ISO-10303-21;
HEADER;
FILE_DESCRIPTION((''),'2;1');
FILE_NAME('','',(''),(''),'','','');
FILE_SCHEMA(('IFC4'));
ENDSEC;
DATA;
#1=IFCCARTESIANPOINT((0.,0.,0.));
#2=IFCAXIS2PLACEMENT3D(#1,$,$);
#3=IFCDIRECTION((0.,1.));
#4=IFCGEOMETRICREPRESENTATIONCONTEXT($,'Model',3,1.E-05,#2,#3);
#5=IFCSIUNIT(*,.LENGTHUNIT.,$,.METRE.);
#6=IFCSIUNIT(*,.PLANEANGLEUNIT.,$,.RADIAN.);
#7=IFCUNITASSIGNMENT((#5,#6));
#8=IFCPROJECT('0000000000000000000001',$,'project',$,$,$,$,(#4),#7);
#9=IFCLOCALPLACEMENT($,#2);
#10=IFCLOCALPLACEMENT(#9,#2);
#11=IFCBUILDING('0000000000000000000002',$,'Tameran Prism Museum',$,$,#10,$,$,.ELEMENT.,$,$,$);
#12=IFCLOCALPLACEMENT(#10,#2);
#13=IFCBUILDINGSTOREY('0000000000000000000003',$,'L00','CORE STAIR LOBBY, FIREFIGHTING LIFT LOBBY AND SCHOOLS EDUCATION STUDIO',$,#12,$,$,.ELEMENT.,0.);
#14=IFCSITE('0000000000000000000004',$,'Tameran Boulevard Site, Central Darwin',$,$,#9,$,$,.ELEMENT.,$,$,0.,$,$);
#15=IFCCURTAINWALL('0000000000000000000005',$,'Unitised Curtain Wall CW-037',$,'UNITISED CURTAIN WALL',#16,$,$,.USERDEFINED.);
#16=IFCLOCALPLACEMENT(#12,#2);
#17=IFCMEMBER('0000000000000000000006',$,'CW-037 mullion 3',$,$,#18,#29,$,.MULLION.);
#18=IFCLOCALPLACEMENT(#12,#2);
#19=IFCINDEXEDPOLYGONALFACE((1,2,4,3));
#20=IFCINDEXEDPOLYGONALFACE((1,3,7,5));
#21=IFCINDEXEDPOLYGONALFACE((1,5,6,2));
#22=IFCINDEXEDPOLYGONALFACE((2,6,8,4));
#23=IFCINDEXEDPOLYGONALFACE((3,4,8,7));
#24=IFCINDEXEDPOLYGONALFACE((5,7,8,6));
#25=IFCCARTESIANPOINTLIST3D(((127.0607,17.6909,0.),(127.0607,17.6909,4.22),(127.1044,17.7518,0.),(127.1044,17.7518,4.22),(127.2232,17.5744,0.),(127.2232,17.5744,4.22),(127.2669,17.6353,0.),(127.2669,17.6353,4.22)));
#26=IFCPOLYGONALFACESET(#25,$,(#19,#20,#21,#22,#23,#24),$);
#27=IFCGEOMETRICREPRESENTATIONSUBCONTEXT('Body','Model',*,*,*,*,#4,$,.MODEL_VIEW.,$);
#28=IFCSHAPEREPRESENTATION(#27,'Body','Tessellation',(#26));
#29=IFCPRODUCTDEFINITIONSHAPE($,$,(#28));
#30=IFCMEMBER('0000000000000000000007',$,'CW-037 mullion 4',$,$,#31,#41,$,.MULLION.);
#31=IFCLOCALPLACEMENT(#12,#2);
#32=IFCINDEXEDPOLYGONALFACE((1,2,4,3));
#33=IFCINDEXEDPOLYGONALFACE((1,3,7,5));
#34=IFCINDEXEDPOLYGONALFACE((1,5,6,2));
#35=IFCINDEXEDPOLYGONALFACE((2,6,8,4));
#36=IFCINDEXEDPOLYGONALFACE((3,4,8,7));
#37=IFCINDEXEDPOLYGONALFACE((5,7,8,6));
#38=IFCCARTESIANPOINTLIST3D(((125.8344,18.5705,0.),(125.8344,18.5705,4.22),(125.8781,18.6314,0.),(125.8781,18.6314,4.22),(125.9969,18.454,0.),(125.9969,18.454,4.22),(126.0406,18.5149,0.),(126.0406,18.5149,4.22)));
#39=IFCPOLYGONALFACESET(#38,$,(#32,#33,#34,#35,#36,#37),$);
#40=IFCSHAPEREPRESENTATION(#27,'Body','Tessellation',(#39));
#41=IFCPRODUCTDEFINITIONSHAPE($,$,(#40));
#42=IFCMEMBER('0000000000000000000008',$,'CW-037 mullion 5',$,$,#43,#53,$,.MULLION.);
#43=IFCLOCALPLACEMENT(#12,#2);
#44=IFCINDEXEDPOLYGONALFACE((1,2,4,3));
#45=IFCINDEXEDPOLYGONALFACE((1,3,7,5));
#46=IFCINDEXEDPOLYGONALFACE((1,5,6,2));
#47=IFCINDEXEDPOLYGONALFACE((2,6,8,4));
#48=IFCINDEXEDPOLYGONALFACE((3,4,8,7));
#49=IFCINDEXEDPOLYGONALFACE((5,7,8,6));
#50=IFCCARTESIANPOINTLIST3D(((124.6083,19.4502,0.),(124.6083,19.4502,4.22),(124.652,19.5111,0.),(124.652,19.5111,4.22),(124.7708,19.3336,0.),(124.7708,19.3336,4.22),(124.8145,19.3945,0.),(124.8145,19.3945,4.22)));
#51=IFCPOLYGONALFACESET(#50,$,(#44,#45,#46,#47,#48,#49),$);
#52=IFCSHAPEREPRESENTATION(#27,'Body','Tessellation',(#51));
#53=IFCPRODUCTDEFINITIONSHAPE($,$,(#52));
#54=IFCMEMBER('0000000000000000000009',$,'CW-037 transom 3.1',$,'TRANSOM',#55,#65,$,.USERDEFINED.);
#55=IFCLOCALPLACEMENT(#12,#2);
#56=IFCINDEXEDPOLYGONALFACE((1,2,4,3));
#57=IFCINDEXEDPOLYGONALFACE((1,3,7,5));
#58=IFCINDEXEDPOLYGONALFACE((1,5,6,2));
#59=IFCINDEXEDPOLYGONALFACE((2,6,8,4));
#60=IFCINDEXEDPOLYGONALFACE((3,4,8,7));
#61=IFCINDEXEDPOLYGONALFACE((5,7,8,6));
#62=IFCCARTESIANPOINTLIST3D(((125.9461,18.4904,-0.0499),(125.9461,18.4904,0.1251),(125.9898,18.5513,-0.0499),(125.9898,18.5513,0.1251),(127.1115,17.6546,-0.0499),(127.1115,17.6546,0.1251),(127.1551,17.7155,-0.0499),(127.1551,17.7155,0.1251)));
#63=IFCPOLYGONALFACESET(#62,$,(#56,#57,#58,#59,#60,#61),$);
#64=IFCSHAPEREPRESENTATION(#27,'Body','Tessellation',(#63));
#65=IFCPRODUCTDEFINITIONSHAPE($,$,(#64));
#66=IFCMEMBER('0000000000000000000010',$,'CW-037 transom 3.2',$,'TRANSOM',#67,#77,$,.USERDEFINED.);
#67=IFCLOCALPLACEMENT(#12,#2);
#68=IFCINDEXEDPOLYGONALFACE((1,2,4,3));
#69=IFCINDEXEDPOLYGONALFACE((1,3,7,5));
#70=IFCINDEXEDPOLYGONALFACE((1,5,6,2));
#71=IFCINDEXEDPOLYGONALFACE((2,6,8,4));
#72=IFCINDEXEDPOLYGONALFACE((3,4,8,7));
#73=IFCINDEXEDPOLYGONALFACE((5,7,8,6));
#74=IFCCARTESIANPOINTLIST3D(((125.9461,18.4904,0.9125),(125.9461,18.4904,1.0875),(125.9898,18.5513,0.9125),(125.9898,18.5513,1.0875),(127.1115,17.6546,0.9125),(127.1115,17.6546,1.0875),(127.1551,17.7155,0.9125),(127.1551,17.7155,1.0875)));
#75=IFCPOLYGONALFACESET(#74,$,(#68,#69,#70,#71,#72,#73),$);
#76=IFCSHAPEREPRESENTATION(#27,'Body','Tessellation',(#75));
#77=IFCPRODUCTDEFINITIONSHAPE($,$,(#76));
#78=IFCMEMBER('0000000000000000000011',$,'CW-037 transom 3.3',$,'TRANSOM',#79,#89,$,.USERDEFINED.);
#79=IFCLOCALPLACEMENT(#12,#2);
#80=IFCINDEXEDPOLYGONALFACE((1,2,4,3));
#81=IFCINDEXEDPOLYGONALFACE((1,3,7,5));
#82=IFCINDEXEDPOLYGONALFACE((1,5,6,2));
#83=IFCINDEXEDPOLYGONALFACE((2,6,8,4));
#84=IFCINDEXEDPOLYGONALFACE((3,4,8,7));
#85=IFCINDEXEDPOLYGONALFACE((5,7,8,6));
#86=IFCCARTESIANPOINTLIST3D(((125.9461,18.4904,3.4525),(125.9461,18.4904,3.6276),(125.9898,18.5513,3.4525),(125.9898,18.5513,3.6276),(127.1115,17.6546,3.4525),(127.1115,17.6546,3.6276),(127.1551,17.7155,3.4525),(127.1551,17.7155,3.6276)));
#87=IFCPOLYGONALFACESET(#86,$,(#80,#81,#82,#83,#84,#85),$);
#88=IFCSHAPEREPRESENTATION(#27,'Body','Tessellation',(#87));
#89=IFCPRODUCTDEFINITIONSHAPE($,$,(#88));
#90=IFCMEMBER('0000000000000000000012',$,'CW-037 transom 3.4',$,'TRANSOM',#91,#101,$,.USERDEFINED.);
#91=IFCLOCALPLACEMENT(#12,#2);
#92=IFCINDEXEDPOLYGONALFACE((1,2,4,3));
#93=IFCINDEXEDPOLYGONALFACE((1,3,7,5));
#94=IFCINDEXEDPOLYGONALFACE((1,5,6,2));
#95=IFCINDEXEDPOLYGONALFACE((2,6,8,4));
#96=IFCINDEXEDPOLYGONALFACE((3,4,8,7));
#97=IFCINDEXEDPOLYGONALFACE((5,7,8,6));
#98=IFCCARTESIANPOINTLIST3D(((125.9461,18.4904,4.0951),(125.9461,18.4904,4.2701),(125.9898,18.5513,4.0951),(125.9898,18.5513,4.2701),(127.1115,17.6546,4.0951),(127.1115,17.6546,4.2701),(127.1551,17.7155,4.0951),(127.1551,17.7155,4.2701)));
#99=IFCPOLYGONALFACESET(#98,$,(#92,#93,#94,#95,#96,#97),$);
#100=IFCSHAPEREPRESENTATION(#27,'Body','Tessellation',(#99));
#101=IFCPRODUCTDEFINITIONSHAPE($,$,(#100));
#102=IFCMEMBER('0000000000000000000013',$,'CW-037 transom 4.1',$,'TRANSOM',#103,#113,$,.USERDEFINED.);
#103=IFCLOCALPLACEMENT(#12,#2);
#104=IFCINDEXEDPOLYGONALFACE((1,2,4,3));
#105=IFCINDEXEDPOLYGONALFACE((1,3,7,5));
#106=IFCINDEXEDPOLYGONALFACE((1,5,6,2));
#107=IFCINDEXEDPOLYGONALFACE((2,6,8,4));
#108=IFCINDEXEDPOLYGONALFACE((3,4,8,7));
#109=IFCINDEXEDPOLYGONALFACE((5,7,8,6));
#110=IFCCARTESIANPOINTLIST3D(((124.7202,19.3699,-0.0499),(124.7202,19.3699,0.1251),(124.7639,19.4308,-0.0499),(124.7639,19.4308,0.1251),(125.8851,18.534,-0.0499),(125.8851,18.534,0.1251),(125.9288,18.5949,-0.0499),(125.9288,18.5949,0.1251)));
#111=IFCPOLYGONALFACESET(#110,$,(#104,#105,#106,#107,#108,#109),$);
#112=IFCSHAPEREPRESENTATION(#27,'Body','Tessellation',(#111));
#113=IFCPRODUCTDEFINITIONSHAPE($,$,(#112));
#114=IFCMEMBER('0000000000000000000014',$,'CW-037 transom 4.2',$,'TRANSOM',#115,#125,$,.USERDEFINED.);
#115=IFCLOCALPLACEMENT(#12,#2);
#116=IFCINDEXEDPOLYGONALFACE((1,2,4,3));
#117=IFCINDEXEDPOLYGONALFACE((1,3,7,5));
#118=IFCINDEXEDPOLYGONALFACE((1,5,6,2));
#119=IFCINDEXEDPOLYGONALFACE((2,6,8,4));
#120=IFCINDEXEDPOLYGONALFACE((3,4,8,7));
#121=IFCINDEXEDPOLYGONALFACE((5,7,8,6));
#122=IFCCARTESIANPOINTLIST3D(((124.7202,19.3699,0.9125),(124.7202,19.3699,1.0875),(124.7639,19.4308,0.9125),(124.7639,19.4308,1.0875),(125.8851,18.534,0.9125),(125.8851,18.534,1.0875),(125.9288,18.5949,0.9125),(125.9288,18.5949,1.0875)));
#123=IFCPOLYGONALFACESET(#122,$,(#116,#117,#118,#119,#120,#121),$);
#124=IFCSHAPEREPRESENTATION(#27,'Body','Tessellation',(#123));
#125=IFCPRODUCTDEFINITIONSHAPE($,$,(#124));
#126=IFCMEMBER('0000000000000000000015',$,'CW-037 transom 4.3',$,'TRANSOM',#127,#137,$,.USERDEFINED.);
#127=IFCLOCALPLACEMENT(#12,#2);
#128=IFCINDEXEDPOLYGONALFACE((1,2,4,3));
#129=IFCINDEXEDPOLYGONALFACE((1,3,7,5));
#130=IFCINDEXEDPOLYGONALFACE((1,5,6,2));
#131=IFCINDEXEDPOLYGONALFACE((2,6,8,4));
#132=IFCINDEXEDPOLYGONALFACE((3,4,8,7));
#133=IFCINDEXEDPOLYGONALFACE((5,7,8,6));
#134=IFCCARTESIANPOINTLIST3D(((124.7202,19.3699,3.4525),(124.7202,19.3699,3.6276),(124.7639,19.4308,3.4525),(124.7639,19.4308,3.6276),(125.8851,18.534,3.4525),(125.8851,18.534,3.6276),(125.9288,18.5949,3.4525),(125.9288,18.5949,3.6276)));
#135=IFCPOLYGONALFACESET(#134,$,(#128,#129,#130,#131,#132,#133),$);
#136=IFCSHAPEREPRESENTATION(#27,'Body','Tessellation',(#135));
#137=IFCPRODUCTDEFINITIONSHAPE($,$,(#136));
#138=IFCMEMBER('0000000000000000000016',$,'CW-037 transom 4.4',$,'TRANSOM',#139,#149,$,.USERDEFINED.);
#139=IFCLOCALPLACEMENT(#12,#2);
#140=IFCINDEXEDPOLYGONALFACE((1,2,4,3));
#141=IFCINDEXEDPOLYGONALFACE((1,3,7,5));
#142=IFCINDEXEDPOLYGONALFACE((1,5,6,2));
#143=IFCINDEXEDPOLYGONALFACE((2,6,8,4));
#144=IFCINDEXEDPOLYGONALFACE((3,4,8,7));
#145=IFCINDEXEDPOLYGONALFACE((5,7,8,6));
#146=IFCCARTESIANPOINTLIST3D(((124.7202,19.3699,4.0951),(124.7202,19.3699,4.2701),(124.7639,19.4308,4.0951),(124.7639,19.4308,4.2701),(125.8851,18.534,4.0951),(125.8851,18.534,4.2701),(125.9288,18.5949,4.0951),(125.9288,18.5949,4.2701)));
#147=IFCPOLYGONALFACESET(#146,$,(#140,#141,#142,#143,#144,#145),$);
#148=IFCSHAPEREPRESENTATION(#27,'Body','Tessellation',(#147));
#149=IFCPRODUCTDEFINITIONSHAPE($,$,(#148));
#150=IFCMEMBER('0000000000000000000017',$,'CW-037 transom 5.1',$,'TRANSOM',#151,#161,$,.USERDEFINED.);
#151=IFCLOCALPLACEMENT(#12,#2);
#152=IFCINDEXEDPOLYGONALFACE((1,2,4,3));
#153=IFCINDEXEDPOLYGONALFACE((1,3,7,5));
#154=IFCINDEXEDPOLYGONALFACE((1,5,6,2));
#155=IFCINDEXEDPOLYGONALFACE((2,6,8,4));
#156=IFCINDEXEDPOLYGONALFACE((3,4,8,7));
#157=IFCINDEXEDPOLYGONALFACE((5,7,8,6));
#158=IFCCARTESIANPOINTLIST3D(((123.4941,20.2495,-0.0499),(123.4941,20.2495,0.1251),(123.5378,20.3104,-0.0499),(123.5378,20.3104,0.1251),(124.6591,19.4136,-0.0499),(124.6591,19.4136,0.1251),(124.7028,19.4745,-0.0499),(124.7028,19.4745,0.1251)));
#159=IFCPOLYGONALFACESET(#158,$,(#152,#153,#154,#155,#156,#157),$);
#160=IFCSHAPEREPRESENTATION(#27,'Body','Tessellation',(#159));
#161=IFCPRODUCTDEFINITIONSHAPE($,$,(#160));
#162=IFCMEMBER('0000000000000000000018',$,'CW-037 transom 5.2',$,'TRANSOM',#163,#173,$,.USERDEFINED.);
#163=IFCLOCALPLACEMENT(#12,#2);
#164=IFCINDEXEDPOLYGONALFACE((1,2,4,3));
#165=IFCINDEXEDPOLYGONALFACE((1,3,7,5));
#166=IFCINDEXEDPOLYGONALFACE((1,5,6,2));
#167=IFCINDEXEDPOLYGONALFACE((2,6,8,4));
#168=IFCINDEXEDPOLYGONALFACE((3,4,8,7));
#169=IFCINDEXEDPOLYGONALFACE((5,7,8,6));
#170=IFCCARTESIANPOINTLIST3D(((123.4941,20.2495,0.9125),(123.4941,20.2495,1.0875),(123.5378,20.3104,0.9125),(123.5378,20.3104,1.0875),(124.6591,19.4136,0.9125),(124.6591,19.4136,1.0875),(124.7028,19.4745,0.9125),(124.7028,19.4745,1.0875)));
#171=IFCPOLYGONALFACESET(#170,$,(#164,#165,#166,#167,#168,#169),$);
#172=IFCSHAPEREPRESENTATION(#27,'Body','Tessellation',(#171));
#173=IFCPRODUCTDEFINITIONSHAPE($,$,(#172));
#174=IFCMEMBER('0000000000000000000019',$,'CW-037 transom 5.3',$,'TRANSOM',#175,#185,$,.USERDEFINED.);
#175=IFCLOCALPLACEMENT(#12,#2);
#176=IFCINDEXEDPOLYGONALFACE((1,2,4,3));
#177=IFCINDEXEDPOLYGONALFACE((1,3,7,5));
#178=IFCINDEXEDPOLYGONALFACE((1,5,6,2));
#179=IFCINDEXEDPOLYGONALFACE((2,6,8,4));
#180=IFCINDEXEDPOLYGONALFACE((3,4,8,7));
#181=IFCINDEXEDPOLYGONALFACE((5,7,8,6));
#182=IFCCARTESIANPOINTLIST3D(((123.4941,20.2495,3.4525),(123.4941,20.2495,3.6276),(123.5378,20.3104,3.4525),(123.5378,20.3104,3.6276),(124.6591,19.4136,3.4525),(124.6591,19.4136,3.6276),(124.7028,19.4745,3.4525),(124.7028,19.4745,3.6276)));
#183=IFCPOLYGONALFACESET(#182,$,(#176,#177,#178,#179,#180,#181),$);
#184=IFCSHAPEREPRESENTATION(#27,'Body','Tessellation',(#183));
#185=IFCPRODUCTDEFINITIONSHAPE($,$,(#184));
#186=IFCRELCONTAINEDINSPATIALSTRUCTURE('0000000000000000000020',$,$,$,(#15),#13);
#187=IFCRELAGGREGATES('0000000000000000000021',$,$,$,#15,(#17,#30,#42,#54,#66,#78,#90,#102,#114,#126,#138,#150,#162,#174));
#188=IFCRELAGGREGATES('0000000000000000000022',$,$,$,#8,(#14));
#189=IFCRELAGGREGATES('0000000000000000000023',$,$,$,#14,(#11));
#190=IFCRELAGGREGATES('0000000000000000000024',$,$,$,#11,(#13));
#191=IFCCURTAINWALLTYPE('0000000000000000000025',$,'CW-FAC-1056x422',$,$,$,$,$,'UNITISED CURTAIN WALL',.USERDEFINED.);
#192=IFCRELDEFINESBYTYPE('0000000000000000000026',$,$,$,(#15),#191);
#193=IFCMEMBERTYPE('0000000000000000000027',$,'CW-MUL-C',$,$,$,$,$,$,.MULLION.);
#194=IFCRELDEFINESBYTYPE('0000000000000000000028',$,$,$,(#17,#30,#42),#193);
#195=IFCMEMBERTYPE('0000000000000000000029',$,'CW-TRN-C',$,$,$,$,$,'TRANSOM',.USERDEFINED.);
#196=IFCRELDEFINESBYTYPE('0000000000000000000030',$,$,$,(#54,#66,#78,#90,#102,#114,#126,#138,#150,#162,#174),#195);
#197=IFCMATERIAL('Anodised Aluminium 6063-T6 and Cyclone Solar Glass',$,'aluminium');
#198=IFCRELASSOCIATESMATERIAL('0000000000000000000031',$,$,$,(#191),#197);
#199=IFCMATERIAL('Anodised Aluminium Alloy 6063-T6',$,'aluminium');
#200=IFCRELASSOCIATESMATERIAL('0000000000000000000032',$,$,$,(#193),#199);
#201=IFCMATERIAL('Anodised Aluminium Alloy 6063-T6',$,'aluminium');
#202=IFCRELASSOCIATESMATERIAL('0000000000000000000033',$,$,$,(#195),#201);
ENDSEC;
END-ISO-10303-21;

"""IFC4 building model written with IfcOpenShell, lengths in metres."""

from ifc_helpers import new_model, si_unit, direction, frame, origin, origin_2d, place, context, subcontext, project, spatial, rectangle, extrude, material, material_profile, profile_set, type_object, element, aggregate, save


model = new_model("IFC4")

# Units and contexts
model_context = context("Model", 3, precision=1e-05, world=origin(), true_north=direction((0.0, 1.0)))
body_context = subcontext(model_context, "Body", "Model", "MODEL_VIEW")
ifc_project = project(units=[si_unit("LENGTHUNIT", "METRE"), si_unit("PLANEANGLEUNIT", "RADIAN")], contexts=[model_context])

# Site, building, storey
site_placement = place(None, origin())
site = spatial("IfcSite", under=ifc_project, at=site_placement, Name="Tameran Boulevard Site, Central Darwin", CompositionType="ELEMENT", RefElevation=0.0)
building_placement = place(site_placement, origin())
building = spatial("IfcBuilding", under=site, at=building_placement, Name="Tameran Prism Museum", CompositionType="ELEMENT")
storey_placement = place(building_placement, origin())
storey = spatial("IfcBuildingStorey", under=building, at=storey_placement, Name="L00", Description="CORE STAIR LOBBY, FIREFIGHTING LIFT LOBBY AND SCHOOLS EDUCATION STUDIO", CompositionType="ELEMENT", Elevation=0.0)

# Curtain wall, members
ifc_material_1 = material(Name="Anodised Aluminium 6063-T6 and Cyclone Solar Glass", Category="aluminium")
curtain_wall_type = type_object("IfcCurtainWallType", Name="CW-FAC-1056x422", ElementType="UNITISED CURTAIN WALL", PredefinedType="USERDEFINED", material=ifc_material_1)
curtain_wall_placement = place(storey_placement, origin())
curtain_wall = element("IfcCurtainWall", 1, at=curtain_wall_placement, inside=storey, type_object=curtain_wall_type, Name="Unitised Curtain Wall CW-037", ObjectType="UNITISED CURTAIN WALL", PredefinedType="USERDEFINED")
ifc_material_2 = material(Name="Anodised Aluminium Alloy 6063-T6", Category="aluminium")
ifc_material_profile_1 = material_profile(ifc_material_2, rectangle(XDim=0.075, YDim=0.2, at=origin_2d()))
ifc_profile_set_1 = profile_set([ifc_material_profile_1])
member_type_1 = type_object("IfcMemberType", Name="CW-MUL-C", PredefinedType="MULLION", material=ifc_profile_set_1)
member_1_placement = place(storey_placement, frame((127.1638, 17.6631, 0.0), z_axis=(0.0, 0.0, 1.0), x_axis=(-0.582885, -0.812555, 0.0)))
member_1 = element("IfcMember", 2, at=member_1_placement, type_object=member_type_1, Name="CW-037 mullion 3", PredefinedType="MULLION", context=body_context, shape_type="SweptSolid", body=[
    extrude(rectangle(XDim=0.075, YDim=0.2, at=origin_2d()), origin(), (0.0, 0.0, 1.0), 4.22),
])
member_2_placement = place(storey_placement, frame((125.9375, 18.5427, 0.0), z_axis=(0.0, 0.0, 1.0), x_axis=(-0.582885, -0.812555, 0.0)))
member_2 = element("IfcMember", 3, at=member_2_placement, type_object=member_type_1, Name="CW-037 mullion 4", PredefinedType="MULLION", context=body_context, shape_type="SweptSolid", body=[
    extrude(rectangle(XDim=0.075, YDim=0.2, at=origin_2d()), origin(), (0.0, 0.0, 1.0), 4.22),
])
member_3_placement = place(storey_placement, frame((124.7114, 19.4224, 0.0), z_axis=(0.0, 0.0, 1.0), x_axis=(-0.582885, -0.812555, 0.0)))
member_3 = element("IfcMember", 4, at=member_3_placement, type_object=member_type_1, Name="CW-037 mullion 5", PredefinedType="MULLION", context=body_context, shape_type="SweptSolid", body=[
    extrude(rectangle(XDim=0.075, YDim=0.2, at=origin_2d()), origin(), (0.0, 0.0, 1.0), 4.22),
])
ifc_material_3 = material(Name="Anodised Aluminium Alloy 6063-T6", Category="aluminium")
ifc_material_profile_2 = material_profile(ifc_material_3, rectangle(XDim=0.075, YDim=0.175, at=origin_2d()))
ifc_profile_set_2 = profile_set([ifc_material_profile_2])
member_type_2 = type_object("IfcMemberType", Name="CW-TRN-C", ElementType="TRANSOM", PredefinedType="USERDEFINED", material=ifc_profile_set_2)
member_4_placement = place(storey_placement, frame((127.1333, 17.6851, 0.0376), z_axis=(-0.812628, 0.582783, 0.0), x_axis=(-0.582783, -0.812628, 0.0)))
member_4 = element("IfcMember", 5, at=member_4_placement, type_object=member_type_2, Name="CW-037 transom 3.1", ObjectType="TRANSOM", PredefinedType="USERDEFINED", context=body_context, shape_type="SweptSolid", body=[
    extrude(rectangle(XDim=0.075, YDim=0.175, at=origin_2d()), origin(), (0.0, 0.0, 1.0), 1.4341),
])
member_5_placement = place(storey_placement, frame((127.1333, 17.6851, 1.0), z_axis=(-0.812628, 0.582783, 0.0), x_axis=(-0.582783, -0.812628, 0.0)))
member_5 = element("IfcMember", 6, at=member_5_placement, type_object=member_type_2, Name="CW-037 transom 3.2", ObjectType="TRANSOM", PredefinedType="USERDEFINED", context=body_context, shape_type="SweptSolid", body=[
    extrude(rectangle(XDim=0.075, YDim=0.175, at=origin_2d()), origin(), (0.0, 0.0, 1.0), 1.4341),
])
member_6_placement = place(storey_placement, frame((127.1333, 17.6851, 3.54), z_axis=(-0.812628, 0.582783, 0.0), x_axis=(-0.582783, -0.812628, 0.0)))
member_6 = element("IfcMember", 7, at=member_6_placement, type_object=member_type_2, Name="CW-037 transom 3.3", ObjectType="TRANSOM", PredefinedType="USERDEFINED", context=body_context, shape_type="SweptSolid", body=[
    extrude(rectangle(XDim=0.075, YDim=0.175, at=origin_2d()), origin(), (0.0, 0.0, 1.0), 1.4341),
])
member_7_placement = place(storey_placement, frame((127.1333, 17.6851, 4.1826), z_axis=(-0.812628, 0.582783, 0.0), x_axis=(-0.582783, -0.812628, 0.0)))
member_7 = element("IfcMember", 8, at=member_7_placement, type_object=member_type_2, Name="CW-037 transom 3.4", ObjectType="TRANSOM", PredefinedType="USERDEFINED", context=body_context, shape_type="SweptSolid", body=[
    extrude(rectangle(XDim=0.075, YDim=0.175, at=origin_2d()), origin(), (0.0, 0.0, 1.0), 1.4341),
])
member_8_placement = place(storey_placement, frame((125.907, 18.5645, 0.0376), z_axis=(-0.812489, 0.582976, 0.0), x_axis=(-0.582976, -0.812489, 0.0)))
member_8 = element("IfcMember", 9, at=member_8_placement, type_object=member_type_2, Name="CW-037 transom 4.1", ObjectType="TRANSOM", PredefinedType="USERDEFINED", context=body_context, shape_type="SweptSolid", body=[
    extrude(rectangle(XDim=0.075, YDim=0.175, at=origin_2d()), origin(), (0.0, 0.0, 1.0), 1.4338),
])
member_9_placement = place(storey_placement, frame((125.907, 18.5645, 1.0), z_axis=(-0.812489, 0.582976, 0.0), x_axis=(-0.582976, -0.812489, 0.0)))
member_9 = element("IfcMember", 10, at=member_9_placement, type_object=member_type_2, Name="CW-037 transom 4.2", ObjectType="TRANSOM", PredefinedType="USERDEFINED", context=body_context, shape_type="SweptSolid", body=[
    extrude(rectangle(XDim=0.075, YDim=0.175, at=origin_2d()), origin(), (0.0, 0.0, 1.0), 1.4338),
])
member_10_placement = place(storey_placement, frame((125.907, 18.5645, 3.54), z_axis=(-0.812489, 0.582976, 0.0), x_axis=(-0.582976, -0.812489, 0.0)))
member_10 = element("IfcMember", 11, at=member_10_placement, type_object=member_type_2, Name="CW-037 transom 4.3", ObjectType="TRANSOM", PredefinedType="USERDEFINED", context=body_context, shape_type="SweptSolid", body=[
    extrude(rectangle(XDim=0.075, YDim=0.175, at=origin_2d()), origin(), (0.0, 0.0, 1.0), 1.4338),
])
member_11_placement = place(storey_placement, frame((125.907, 18.5645, 4.1826), z_axis=(-0.812489, 0.582976, 0.0), x_axis=(-0.582976, -0.812489, 0.0)))
member_11 = element("IfcMember", 12, at=member_11_placement, type_object=member_type_2, Name="CW-037 transom 4.4", ObjectType="TRANSOM", PredefinedType="USERDEFINED", context=body_context, shape_type="SweptSolid", body=[
    extrude(rectangle(XDim=0.075, YDim=0.175, at=origin_2d()), origin(), (0.0, 0.0, 1.0), 1.4338),
])
member_12_placement = place(storey_placement, frame((124.6809, 19.4441, 0.0376), z_axis=(-0.812489, 0.582976, 0.0), x_axis=(-0.582976, -0.812489, 0.0)))
member_12 = element("IfcMember", 13, at=member_12_placement, type_object=member_type_2, Name="CW-037 transom 5.1", ObjectType="TRANSOM", PredefinedType="USERDEFINED", context=body_context, shape_type="SweptSolid", body=[
    extrude(rectangle(XDim=0.075, YDim=0.175, at=origin_2d()), origin(), (0.0, 0.0, 1.0), 1.4338),
])
member_13_placement = place(storey_placement, frame((124.6809, 19.4441, 1.0), z_axis=(-0.812489, 0.582976, 0.0), x_axis=(-0.582976, -0.812489, 0.0)))
member_13 = element("IfcMember", 14, at=member_13_placement, type_object=member_type_2, Name="CW-037 transom 5.2", ObjectType="TRANSOM", PredefinedType="USERDEFINED", context=body_context, shape_type="SweptSolid", body=[
    extrude(rectangle(XDim=0.075, YDim=0.175, at=origin_2d()), origin(), (0.0, 0.0, 1.0), 1.4338),
])
member_14_placement = place(storey_placement, frame((124.6809, 19.4441, 3.54), z_axis=(-0.812489, 0.582976, 0.0), x_axis=(-0.582976, -0.812489, 0.0)))
member_14 = element("IfcMember", 15, at=member_14_placement, type_object=member_type_2, Name="CW-037 transom 5.3", ObjectType="TRANSOM", PredefinedType="USERDEFINED", context=body_context, shape_type="SweptSolid", body=[
    extrude(rectangle(XDim=0.075, YDim=0.175, at=origin_2d()), origin(), (0.0, 0.0, 1.0), 1.4338),
])
aggregate(curtain_wall, [member_1, member_2, member_3, member_4, member_5, member_6, member_7, member_8, member_9, member_10, member_11, member_12, member_13, member_14])

save(model, "model.ifc")
